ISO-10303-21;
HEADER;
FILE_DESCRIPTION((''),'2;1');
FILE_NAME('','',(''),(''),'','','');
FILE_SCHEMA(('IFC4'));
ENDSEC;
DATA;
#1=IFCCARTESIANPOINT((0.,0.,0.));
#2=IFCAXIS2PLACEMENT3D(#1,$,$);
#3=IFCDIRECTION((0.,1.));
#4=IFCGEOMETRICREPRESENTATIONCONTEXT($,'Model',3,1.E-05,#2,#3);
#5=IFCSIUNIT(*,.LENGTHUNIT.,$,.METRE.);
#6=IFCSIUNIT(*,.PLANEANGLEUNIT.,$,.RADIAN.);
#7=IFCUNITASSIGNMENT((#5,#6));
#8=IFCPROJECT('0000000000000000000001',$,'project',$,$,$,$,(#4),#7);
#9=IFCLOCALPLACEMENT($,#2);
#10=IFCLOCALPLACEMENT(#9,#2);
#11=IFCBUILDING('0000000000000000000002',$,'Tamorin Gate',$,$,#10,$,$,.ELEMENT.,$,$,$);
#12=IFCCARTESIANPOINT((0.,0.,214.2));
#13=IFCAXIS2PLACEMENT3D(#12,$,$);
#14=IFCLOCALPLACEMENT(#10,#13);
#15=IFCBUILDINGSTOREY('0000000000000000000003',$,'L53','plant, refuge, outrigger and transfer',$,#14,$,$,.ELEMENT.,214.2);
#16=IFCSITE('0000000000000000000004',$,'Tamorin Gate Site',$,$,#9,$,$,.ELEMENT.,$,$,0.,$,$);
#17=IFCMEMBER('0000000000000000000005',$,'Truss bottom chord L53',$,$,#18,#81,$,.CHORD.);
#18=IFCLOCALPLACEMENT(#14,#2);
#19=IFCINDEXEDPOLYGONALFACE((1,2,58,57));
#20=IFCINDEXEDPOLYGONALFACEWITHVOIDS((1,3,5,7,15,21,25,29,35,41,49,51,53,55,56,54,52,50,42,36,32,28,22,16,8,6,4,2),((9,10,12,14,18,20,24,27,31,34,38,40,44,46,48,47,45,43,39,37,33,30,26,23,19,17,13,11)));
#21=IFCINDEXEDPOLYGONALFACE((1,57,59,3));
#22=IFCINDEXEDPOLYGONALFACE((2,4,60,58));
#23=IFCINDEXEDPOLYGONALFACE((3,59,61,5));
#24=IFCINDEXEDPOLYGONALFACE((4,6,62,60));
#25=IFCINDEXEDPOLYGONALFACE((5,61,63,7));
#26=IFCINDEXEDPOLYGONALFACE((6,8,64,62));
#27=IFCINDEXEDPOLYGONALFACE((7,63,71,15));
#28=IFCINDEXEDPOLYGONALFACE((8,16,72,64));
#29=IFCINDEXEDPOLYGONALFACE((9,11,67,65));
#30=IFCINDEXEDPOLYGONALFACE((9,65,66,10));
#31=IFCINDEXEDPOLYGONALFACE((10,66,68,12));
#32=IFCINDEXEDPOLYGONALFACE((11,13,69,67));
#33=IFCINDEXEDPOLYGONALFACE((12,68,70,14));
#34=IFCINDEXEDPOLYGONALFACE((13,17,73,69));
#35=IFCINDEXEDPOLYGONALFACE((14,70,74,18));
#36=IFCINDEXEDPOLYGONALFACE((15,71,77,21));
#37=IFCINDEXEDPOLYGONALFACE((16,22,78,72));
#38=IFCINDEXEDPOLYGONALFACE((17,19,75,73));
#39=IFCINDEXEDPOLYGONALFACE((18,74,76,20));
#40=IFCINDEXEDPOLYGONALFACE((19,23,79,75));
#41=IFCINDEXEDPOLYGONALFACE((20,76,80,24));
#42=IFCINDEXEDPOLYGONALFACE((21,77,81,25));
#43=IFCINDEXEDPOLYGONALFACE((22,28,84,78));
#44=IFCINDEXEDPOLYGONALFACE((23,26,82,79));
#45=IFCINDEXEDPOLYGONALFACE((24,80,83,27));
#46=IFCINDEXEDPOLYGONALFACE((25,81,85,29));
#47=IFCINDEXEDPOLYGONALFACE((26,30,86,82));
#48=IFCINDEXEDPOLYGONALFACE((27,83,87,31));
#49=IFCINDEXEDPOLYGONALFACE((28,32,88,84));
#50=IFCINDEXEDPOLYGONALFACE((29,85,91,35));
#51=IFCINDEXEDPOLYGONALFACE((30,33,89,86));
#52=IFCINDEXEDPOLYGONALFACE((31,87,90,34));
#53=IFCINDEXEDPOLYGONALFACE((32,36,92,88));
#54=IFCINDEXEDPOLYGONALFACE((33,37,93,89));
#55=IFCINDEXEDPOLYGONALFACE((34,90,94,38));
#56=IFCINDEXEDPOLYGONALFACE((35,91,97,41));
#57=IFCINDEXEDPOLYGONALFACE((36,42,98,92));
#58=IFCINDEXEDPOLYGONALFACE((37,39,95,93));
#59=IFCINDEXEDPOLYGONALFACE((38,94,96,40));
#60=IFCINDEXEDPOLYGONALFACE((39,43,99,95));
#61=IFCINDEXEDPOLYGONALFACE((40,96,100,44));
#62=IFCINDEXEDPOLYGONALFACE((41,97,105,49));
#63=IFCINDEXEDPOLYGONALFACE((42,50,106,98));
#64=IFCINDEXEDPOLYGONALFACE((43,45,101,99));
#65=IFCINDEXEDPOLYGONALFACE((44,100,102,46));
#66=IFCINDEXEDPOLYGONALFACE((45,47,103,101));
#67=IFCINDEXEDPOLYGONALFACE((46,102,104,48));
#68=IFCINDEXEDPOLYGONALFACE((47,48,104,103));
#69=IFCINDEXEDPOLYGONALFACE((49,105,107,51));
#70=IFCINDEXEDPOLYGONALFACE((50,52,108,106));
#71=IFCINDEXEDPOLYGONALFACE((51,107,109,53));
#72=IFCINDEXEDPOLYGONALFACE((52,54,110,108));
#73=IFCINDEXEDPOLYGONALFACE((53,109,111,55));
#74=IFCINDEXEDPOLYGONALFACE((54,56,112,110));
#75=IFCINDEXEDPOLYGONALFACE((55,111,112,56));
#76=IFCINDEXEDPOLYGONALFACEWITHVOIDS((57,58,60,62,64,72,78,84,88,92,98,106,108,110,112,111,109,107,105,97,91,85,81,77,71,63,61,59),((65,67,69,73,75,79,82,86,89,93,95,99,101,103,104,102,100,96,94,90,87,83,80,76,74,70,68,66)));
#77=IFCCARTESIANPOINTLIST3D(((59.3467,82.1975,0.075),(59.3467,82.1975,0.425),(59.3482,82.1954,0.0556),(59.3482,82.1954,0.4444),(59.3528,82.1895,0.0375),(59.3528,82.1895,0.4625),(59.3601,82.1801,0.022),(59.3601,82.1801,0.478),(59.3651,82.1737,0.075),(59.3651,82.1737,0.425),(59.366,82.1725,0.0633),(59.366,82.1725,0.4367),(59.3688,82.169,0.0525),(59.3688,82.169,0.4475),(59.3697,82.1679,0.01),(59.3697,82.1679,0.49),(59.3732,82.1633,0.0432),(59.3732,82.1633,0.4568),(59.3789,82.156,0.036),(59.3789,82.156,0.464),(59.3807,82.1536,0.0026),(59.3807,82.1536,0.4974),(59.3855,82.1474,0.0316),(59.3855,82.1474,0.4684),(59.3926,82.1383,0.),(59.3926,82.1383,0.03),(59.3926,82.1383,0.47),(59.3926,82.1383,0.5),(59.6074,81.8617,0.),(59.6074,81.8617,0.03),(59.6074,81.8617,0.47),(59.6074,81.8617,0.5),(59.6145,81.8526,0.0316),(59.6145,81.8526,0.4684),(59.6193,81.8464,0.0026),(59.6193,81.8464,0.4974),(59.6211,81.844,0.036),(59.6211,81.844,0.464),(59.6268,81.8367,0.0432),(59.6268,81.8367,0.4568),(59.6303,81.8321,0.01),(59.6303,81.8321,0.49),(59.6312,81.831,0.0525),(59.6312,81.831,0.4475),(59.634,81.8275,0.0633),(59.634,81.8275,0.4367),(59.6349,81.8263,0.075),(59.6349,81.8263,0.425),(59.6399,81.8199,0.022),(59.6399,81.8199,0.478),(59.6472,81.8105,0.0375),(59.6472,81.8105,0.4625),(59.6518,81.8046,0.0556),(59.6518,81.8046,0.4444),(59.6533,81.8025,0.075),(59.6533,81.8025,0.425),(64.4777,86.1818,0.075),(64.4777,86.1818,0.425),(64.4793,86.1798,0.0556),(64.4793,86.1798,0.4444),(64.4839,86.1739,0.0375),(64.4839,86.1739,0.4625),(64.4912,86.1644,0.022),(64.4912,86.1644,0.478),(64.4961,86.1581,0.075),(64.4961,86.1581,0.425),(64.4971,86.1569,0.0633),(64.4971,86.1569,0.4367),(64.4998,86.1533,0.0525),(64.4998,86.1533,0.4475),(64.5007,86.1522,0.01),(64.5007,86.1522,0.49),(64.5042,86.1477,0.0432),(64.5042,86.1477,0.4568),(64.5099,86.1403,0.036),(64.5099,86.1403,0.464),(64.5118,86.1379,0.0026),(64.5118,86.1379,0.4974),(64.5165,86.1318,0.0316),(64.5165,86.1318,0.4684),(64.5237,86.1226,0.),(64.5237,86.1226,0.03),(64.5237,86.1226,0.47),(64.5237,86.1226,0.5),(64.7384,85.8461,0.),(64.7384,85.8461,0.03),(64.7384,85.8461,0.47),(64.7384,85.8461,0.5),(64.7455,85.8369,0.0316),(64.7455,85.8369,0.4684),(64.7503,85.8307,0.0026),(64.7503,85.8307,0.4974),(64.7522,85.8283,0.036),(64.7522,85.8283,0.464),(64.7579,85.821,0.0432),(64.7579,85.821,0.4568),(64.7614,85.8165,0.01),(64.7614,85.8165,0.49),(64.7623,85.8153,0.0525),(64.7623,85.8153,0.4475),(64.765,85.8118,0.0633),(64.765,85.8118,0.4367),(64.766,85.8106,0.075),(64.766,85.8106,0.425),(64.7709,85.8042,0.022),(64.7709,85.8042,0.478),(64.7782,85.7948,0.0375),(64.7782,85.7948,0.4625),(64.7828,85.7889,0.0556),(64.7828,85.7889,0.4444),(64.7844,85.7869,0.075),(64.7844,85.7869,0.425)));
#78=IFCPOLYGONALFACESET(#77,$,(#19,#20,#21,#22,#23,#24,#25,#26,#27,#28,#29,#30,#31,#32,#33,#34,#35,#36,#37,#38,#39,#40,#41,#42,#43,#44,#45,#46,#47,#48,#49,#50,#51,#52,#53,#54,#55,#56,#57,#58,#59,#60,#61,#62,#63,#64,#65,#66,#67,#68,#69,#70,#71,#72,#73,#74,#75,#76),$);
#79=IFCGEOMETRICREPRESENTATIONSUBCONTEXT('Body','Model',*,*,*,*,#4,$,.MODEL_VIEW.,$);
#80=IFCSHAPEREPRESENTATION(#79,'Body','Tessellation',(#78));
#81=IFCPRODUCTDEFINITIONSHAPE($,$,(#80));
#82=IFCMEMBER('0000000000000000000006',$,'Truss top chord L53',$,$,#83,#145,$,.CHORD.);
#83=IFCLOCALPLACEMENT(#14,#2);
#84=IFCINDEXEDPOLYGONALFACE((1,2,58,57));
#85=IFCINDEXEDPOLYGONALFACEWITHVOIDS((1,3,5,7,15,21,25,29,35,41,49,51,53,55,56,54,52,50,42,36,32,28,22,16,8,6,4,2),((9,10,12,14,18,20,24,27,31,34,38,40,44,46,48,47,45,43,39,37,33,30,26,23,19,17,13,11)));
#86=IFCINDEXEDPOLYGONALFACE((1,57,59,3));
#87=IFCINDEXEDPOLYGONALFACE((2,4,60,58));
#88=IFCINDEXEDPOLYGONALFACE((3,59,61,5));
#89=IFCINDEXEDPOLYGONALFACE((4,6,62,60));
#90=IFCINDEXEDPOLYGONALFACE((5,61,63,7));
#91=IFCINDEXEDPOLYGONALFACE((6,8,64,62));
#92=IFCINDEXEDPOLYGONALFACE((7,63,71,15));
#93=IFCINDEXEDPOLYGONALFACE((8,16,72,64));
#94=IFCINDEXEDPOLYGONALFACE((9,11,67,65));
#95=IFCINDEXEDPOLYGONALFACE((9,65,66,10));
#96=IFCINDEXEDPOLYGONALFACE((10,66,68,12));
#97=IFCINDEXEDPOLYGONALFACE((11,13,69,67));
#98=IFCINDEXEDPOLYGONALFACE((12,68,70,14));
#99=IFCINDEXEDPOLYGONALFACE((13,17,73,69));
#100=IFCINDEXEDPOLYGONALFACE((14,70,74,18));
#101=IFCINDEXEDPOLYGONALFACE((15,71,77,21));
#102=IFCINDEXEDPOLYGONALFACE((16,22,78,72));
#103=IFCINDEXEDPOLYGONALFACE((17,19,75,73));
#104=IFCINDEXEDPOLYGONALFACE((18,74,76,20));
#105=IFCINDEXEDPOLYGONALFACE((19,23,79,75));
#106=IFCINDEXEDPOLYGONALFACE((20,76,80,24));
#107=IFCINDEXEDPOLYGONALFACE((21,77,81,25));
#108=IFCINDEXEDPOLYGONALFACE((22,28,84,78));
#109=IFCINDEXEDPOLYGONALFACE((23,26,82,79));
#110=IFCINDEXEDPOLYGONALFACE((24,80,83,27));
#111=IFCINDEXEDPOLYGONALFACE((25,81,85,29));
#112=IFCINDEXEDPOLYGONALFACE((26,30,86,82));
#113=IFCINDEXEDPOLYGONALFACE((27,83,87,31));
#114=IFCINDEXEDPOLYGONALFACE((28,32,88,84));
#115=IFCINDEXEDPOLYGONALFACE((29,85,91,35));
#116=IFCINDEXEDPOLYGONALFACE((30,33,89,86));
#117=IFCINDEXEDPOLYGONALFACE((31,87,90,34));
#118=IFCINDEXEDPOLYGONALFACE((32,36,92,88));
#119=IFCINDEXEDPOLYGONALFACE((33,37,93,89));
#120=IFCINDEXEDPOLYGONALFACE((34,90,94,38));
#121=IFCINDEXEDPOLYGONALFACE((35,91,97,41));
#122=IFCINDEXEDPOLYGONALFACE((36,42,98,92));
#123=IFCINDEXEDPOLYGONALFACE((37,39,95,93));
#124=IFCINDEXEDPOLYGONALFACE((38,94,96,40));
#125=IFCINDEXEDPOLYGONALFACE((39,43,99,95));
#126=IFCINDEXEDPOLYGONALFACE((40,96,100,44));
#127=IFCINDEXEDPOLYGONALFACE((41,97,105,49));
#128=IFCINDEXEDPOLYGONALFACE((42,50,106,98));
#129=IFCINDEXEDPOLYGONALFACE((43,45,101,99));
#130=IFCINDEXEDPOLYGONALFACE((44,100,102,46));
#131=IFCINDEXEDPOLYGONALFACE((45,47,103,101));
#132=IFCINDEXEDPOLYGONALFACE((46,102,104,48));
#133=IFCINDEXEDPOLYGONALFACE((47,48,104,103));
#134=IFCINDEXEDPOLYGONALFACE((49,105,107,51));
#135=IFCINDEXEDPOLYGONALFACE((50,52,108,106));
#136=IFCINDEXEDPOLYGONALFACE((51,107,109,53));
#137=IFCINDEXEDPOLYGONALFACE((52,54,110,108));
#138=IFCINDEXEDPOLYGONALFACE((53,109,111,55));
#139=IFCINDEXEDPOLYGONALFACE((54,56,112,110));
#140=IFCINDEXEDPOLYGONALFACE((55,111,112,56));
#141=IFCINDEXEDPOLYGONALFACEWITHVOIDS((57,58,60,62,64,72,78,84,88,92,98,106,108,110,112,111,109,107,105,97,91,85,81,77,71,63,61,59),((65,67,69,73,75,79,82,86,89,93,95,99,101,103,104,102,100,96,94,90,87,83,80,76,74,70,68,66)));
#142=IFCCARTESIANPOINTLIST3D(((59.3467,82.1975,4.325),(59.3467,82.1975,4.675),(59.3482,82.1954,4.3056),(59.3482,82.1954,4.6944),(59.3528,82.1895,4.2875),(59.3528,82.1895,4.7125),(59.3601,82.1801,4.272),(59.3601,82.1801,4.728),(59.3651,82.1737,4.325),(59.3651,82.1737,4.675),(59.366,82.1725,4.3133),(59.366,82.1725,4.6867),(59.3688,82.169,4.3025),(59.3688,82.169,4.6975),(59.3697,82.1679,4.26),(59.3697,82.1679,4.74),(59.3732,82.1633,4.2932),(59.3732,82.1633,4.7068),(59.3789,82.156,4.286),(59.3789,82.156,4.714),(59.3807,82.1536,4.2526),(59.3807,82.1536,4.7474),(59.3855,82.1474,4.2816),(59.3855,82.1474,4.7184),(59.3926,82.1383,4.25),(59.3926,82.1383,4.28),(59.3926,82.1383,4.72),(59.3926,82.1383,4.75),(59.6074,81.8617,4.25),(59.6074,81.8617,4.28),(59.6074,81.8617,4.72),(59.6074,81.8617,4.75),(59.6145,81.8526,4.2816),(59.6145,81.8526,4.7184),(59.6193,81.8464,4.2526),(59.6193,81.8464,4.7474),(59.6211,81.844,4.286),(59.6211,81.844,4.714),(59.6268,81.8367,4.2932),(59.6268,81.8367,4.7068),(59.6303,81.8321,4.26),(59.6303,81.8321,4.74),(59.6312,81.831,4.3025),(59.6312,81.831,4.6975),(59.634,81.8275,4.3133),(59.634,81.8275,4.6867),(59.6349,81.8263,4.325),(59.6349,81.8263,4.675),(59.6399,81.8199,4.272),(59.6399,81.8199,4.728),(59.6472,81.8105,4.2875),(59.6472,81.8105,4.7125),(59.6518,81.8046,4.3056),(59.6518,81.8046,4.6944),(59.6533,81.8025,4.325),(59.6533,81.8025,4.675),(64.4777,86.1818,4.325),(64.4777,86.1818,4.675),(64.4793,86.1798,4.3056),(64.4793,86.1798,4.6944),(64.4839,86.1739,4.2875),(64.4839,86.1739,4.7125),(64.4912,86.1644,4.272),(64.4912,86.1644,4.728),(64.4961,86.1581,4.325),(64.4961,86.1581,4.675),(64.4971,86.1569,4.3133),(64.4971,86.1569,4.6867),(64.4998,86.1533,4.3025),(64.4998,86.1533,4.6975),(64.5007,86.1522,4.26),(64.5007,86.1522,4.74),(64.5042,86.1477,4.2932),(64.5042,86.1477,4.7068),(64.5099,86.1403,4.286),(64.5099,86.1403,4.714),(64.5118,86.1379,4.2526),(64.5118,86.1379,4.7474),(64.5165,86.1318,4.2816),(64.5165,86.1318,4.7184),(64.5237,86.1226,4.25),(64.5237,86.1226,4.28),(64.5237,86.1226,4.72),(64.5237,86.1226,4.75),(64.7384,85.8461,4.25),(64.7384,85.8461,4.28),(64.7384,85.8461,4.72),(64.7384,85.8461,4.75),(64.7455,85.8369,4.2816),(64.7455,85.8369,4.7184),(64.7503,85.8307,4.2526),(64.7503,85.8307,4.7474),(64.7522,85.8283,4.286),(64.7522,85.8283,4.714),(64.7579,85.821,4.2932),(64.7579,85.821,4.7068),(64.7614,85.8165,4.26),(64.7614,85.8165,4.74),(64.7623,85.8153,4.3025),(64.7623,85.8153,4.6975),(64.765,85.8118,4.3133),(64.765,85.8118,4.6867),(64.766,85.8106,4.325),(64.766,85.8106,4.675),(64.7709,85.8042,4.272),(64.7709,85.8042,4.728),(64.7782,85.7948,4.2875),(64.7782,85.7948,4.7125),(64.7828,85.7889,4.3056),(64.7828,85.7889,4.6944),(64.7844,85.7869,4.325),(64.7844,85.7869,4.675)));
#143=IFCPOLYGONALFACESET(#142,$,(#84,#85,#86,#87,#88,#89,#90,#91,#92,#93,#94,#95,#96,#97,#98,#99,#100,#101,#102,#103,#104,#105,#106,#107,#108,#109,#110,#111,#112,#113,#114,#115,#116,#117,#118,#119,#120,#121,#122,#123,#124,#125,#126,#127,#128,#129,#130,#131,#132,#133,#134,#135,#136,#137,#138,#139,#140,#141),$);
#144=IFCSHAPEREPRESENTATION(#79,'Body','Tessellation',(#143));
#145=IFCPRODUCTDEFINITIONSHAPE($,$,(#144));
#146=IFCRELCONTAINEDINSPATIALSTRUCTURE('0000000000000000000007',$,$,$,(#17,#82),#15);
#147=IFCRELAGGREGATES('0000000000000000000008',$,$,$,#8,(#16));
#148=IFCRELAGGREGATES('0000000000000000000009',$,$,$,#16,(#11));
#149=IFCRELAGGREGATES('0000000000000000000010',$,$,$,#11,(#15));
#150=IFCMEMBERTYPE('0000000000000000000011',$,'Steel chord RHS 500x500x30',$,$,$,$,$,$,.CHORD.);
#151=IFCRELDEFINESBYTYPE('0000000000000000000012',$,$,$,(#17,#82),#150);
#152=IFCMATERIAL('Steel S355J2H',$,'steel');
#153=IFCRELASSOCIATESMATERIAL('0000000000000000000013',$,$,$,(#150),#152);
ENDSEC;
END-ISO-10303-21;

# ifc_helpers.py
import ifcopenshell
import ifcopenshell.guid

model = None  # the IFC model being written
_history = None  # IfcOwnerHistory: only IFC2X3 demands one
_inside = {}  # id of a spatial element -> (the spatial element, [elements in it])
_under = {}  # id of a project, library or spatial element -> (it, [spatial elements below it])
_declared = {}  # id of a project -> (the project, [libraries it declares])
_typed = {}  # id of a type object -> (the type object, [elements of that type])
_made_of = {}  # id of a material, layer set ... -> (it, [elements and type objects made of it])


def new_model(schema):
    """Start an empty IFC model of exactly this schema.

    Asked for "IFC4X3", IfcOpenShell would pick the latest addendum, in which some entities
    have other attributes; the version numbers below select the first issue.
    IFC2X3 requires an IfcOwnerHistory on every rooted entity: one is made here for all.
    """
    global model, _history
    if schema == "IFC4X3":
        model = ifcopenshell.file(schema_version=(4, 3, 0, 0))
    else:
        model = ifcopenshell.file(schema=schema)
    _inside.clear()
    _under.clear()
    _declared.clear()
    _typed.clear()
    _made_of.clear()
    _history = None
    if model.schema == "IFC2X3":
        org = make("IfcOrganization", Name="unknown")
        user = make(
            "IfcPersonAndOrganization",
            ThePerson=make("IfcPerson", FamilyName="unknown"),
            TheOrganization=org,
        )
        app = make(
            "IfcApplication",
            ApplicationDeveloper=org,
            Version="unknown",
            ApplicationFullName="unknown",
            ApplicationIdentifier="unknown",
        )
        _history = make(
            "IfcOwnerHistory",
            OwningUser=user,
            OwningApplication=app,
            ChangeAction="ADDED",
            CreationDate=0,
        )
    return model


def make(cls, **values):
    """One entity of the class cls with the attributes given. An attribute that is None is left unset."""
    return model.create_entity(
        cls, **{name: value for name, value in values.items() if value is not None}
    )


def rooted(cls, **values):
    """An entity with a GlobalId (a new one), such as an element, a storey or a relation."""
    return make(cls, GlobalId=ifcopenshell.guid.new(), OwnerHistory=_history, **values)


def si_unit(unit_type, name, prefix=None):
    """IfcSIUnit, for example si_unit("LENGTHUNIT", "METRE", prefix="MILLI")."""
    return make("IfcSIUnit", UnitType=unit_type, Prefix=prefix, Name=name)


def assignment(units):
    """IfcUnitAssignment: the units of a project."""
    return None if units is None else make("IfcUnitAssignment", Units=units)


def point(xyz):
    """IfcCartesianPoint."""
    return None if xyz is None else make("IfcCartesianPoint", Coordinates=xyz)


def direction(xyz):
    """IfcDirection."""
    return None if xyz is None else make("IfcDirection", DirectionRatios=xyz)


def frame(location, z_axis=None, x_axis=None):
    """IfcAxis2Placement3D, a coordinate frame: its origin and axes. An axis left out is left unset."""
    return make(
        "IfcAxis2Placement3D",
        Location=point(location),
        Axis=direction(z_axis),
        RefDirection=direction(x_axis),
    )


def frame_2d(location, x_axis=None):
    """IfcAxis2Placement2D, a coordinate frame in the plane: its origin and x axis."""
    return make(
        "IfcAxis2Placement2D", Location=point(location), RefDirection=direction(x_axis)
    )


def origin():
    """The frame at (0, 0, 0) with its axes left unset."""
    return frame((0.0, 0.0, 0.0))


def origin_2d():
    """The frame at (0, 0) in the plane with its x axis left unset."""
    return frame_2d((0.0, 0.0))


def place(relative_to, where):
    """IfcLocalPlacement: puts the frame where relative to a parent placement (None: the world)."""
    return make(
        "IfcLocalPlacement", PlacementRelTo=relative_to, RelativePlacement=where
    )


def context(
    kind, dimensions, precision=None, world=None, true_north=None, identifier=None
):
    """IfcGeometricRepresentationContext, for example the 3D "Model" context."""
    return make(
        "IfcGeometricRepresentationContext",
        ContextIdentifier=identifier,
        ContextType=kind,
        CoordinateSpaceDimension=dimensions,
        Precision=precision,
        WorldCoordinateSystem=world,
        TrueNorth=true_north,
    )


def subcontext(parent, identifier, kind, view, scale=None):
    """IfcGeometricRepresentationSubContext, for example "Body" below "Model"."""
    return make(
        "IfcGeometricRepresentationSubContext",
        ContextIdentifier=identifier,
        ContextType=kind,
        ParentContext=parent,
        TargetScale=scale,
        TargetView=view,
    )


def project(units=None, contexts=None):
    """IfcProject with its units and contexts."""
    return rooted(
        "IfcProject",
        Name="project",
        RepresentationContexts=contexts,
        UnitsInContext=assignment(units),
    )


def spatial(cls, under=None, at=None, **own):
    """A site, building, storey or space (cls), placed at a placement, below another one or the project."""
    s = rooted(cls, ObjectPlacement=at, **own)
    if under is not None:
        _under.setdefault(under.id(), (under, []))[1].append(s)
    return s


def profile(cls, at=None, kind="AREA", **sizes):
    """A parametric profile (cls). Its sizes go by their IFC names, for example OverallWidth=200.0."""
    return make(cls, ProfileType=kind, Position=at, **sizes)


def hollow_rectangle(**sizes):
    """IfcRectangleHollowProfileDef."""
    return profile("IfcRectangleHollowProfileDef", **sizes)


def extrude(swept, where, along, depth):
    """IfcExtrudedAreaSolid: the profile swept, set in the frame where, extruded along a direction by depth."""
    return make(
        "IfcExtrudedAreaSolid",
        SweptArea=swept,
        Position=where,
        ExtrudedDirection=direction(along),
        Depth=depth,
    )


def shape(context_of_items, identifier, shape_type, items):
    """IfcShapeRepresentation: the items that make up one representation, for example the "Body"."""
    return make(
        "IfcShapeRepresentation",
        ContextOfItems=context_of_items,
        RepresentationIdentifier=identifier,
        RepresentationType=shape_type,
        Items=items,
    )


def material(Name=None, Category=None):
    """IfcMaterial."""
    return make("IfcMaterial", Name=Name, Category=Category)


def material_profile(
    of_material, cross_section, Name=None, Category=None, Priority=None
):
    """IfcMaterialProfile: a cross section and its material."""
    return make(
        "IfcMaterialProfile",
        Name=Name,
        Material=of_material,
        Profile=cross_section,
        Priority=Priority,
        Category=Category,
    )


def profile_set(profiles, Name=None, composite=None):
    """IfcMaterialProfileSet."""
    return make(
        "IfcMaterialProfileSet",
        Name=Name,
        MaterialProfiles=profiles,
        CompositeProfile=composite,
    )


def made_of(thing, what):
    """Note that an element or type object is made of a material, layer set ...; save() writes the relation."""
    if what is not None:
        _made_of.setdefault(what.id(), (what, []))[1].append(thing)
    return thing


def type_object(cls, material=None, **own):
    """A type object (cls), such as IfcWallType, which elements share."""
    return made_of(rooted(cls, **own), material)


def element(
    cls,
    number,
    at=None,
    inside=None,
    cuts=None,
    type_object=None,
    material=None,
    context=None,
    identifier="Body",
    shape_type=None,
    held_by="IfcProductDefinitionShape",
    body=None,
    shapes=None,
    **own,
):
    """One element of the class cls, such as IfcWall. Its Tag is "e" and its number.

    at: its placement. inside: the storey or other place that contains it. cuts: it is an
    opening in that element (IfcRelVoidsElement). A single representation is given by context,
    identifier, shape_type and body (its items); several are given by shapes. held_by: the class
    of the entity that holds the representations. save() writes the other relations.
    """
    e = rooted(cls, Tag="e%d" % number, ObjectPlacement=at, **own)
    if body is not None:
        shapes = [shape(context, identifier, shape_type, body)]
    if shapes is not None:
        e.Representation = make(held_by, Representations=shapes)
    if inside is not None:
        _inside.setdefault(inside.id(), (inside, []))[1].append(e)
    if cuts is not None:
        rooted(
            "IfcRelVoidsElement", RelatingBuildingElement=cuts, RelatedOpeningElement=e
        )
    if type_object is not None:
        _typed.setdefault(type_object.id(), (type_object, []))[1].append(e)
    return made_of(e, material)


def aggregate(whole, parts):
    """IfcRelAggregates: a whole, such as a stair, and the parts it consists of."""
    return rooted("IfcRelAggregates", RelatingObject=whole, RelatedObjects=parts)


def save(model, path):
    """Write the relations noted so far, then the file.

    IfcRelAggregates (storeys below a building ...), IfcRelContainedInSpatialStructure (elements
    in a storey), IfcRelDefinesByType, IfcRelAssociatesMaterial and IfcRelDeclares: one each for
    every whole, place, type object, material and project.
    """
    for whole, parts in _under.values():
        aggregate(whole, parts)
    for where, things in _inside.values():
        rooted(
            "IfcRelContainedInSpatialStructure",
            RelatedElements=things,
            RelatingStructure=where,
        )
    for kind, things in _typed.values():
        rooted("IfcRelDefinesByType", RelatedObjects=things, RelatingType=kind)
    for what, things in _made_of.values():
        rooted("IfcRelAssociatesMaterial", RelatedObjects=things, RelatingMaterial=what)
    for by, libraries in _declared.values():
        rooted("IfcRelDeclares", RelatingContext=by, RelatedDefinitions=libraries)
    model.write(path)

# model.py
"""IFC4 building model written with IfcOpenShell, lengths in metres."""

from ifc_helpers import new_model, si_unit, direction, frame, origin, origin_2d, place, context, subcontext, project, spatial, hollow_rectangle, extrude, material, material_profile, profile_set, type_object, element, save


model = new_model("IFC4")

# Units and contexts
model_context = context("Model", 3, precision=1e-05, world=origin(), true_north=direction((0.0, 1.0)))
body_context = subcontext(model_context, "Body", "Model", "MODEL_VIEW")
ifc_project = project(units=[si_unit("LENGTHUNIT", "METRE"), si_unit("PLANEANGLEUNIT", "RADIAN")], contexts=[model_context])

# Site, building, storey
site_placement = place(None, origin())
site = spatial("IfcSite", under=ifc_project, at=site_placement, Name="Tamorin Gate Site", CompositionType="ELEMENT", RefElevation=0.0)
building_placement = place(site_placement, origin())
building = spatial("IfcBuilding", under=site, at=building_placement, Name="Tamorin Gate", CompositionType="ELEMENT")
storey_placement = place(building_placement, frame((0.0, 0.0, 214.2)))
storey = spatial("IfcBuildingStorey", under=building, at=storey_placement, Name="L53", Description="plant, refuge, outrigger and transfer", CompositionType="ELEMENT", Elevation=214.2)

# Members
ifc_material_1 = material(Name="Steel S355J2H", Category="steel")
ifc_material_profile_1 = material_profile(ifc_material_1, hollow_rectangle(XDim=0.5, YDim=0.5, WallThickness=0.03, InnerFilletRadius=0.0449, OuterFilletRadius=0.075, at=origin_2d()), Name="RHS 500x500x30")
ifc_profile_set_1 = profile_set([ifc_material_profile_1], Name="Steel S355J2H")
member_type_1 = type_object("IfcMemberType", Name="Steel chord RHS 500x500x30", PredefinedType="CHORD", material=ifc_profile_set_1)
for number, where, z_axis, x_axis, name in (
    (1, (59.5, 82.0, 0.25), (0.789836, 0.613319, 0.0), (-0.613319, 0.789836, 0.0), "Truss bottom chord L53"),
    (2, (59.5, 82.0, 4.5), (0.789836, 0.613319, 0.0), (-0.613319, 0.789836, 0.0), "Truss top chord L53"),
):
    element("IfcMember", number, at=place(storey_placement, frame(where, z_axis=z_axis, x_axis=x_axis)), inside=storey, type_object=member_type_1, Name=name, PredefinedType="CHORD", context=body_context, shape_type="SweptSolid", body=[
        extrude(hollow_rectangle(XDim=0.5, YDim=0.5, WallThickness=0.03, InnerFilletRadius=0.0449, OuterFilletRadius=0.075, at=origin_2d()), origin(), (0.0, 0.0, 1.0), 6.4963),
    ])

save(model, "model.ifc")
